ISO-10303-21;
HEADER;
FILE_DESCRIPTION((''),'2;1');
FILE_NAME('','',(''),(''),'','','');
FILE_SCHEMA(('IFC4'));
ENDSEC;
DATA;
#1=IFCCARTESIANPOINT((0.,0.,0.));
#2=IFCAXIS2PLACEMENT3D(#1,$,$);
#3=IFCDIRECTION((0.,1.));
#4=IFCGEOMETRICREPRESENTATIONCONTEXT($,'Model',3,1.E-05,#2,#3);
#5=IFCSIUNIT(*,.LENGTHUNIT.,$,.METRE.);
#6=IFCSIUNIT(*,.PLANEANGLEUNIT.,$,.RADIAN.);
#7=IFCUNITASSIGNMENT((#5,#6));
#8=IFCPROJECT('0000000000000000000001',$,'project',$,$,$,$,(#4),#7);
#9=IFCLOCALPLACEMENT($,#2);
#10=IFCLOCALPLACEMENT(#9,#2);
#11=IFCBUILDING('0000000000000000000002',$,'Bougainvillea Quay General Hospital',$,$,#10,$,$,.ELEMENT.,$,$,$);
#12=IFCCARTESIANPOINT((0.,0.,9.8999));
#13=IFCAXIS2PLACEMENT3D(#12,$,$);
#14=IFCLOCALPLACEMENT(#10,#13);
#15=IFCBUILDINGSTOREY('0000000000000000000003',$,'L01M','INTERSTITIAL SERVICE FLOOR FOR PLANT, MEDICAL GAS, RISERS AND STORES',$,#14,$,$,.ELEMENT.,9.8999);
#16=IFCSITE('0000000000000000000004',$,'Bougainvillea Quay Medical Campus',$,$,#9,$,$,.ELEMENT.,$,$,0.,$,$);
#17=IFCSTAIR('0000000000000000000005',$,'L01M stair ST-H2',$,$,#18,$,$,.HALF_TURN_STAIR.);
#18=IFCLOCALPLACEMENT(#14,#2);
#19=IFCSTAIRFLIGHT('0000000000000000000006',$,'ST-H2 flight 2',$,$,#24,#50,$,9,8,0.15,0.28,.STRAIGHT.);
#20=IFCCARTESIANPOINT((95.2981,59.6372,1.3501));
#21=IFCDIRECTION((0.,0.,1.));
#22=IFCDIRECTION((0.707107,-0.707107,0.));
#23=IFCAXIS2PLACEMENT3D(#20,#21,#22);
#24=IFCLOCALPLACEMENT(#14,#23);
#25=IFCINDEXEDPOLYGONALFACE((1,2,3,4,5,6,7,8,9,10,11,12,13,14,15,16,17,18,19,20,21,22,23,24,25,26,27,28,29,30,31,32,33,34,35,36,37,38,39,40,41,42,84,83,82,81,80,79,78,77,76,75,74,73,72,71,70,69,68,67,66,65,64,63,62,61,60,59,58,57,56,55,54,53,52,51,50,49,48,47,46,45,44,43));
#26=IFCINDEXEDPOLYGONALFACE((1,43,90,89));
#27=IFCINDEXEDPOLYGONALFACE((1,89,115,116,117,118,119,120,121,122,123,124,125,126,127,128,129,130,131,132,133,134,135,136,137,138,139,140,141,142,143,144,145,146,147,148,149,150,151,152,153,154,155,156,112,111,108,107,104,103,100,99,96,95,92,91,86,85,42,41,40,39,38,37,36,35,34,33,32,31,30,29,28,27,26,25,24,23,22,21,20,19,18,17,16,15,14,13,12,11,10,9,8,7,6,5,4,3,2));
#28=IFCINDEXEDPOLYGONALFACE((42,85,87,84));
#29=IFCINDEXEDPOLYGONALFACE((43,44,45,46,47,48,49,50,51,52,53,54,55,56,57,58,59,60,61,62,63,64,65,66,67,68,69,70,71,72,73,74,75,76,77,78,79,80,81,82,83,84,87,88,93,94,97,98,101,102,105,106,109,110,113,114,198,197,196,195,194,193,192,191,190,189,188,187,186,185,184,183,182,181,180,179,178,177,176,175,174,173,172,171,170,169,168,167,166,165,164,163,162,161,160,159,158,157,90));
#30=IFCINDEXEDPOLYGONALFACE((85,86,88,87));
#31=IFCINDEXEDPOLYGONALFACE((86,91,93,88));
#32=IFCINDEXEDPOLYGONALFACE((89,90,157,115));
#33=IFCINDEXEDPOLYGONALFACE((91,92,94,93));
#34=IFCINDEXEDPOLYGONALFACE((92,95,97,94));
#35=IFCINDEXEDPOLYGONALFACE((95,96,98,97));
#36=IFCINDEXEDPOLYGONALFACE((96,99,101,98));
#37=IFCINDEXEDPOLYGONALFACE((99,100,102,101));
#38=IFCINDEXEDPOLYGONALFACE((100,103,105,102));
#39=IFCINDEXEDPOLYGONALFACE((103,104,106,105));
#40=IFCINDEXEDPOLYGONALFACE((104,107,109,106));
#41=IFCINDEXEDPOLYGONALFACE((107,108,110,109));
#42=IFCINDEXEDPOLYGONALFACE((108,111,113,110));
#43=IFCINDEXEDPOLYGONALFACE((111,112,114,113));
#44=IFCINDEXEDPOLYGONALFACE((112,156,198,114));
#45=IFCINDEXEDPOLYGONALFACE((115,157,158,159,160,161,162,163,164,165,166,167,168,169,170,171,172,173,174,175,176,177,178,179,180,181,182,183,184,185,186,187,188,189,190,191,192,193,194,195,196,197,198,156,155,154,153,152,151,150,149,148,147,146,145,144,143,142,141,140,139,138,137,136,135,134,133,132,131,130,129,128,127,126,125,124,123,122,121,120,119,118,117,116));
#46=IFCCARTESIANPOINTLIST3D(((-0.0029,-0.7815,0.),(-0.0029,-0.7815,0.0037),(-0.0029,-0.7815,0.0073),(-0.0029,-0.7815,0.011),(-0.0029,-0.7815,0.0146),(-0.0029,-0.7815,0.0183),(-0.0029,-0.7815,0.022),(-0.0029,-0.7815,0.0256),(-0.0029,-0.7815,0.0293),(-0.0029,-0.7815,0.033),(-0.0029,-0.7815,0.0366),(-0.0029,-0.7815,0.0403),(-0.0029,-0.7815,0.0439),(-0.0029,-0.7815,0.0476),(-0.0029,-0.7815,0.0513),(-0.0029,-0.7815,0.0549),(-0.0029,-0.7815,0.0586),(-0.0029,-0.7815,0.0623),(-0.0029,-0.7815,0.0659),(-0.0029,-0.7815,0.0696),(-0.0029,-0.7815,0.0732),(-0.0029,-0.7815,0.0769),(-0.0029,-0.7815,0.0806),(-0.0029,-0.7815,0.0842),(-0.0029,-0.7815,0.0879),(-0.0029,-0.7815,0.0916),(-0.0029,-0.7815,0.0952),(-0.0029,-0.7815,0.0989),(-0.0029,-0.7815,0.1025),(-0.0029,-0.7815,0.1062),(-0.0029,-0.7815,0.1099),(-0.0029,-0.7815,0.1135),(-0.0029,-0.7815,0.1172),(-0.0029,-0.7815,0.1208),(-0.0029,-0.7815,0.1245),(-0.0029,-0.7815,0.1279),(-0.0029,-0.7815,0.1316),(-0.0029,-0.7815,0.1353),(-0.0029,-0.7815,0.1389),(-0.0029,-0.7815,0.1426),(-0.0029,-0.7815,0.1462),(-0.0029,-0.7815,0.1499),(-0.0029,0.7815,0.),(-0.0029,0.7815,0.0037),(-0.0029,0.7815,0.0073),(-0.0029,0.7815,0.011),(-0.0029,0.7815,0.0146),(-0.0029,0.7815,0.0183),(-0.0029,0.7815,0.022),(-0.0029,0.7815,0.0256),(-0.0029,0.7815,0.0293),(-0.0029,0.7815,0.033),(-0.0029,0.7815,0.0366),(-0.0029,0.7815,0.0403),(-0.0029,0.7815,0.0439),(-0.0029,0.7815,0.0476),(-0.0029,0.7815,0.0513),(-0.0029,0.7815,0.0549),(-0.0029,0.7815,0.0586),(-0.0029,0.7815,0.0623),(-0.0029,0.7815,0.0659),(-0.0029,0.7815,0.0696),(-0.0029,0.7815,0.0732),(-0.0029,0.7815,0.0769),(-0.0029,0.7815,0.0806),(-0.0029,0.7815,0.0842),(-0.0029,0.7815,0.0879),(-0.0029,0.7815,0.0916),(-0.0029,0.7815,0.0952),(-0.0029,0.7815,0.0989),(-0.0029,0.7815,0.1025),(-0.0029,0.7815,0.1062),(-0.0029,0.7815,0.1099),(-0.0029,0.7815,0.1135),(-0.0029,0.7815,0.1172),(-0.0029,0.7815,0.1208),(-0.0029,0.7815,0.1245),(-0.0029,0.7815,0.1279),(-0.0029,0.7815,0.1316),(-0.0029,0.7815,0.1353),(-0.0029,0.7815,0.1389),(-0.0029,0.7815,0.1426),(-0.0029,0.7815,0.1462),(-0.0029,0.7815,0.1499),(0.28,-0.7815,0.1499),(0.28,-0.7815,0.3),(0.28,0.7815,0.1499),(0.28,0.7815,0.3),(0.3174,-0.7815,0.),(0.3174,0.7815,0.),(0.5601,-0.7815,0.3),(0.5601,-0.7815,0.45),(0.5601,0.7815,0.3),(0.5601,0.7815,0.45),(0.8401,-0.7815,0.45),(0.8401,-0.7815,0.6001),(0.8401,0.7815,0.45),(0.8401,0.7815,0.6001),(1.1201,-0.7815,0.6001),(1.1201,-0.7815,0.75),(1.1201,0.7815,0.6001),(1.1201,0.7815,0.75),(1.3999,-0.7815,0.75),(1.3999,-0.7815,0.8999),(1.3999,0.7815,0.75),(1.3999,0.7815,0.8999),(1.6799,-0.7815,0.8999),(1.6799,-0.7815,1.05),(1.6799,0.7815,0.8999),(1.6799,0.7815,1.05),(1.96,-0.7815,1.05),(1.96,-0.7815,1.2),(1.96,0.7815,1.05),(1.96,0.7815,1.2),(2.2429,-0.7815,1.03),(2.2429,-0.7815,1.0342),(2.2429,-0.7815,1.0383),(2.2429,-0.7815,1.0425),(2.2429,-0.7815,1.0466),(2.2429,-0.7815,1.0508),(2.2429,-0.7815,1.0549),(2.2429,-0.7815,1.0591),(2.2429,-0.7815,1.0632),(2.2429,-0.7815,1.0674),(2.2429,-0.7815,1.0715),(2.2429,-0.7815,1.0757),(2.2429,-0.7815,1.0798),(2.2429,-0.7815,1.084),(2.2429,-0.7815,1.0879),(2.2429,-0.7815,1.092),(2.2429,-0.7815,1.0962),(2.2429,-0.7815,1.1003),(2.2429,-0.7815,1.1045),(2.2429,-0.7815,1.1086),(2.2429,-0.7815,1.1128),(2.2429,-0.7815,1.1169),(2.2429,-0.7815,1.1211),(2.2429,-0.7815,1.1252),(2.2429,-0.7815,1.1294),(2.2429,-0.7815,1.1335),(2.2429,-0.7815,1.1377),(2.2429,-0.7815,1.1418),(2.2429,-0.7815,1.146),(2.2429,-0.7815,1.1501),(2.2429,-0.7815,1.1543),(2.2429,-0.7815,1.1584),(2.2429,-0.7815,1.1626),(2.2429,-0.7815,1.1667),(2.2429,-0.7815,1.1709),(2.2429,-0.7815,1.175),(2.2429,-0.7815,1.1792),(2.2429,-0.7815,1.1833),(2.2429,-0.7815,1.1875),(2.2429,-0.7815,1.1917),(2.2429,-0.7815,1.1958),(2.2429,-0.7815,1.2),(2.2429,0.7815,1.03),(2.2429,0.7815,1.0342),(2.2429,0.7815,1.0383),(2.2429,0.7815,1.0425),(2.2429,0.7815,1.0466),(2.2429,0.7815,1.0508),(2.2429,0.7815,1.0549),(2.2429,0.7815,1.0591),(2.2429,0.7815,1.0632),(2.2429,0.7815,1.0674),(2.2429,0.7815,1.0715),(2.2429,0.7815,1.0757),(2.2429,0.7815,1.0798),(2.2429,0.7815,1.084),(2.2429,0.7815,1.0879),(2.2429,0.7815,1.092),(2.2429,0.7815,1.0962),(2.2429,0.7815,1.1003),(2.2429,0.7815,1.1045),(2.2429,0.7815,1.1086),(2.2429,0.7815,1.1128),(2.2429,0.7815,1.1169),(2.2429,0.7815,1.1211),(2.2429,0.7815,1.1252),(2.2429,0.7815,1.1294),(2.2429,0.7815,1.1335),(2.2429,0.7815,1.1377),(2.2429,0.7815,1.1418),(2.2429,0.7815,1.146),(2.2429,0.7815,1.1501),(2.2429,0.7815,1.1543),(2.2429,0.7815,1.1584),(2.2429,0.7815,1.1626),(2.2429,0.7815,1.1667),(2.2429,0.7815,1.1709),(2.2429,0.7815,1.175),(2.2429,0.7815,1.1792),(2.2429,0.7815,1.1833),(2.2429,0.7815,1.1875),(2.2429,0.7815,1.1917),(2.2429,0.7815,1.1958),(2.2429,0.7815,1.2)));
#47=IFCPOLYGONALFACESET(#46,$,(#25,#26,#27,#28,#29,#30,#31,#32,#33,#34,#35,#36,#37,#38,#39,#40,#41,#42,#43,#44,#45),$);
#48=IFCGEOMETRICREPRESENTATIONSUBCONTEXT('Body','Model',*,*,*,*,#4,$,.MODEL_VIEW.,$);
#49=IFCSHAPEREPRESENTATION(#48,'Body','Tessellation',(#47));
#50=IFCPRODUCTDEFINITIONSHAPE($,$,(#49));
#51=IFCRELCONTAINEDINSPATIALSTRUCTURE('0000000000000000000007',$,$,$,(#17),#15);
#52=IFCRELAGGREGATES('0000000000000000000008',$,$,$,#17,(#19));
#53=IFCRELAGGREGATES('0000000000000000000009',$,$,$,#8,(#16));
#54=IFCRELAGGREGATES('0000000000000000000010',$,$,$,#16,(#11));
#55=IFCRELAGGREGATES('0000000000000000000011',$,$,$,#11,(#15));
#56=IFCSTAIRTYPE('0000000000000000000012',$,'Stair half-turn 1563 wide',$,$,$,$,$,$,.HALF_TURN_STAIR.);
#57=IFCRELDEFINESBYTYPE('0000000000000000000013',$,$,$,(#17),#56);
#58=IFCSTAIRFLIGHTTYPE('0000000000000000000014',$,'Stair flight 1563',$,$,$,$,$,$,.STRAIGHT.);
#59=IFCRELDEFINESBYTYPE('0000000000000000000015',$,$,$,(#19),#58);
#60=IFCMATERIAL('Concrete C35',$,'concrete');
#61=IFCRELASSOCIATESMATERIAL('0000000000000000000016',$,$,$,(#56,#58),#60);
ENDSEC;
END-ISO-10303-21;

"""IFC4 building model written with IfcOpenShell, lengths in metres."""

from ifc_helpers import new_model, si_unit, direction, frame, origin, place, context, subcontext, project, spatial, polyline, outline, extrude, material, type_object, element, aggregate, save


model = new_model("IFC4")

# Units and contexts
model_context = context("Model", 3, precision=1e-05, world=origin(), true_north=direction((0.0, 1.0)))
body_context = subcontext(model_context, "Body", "Model", "MODEL_VIEW")
ifc_project = project(units=[si_unit("LENGTHUNIT", "METRE"), si_unit("PLANEANGLEUNIT", "RADIAN")], contexts=[model_context])

# Site, building, storey
site_placement = place(None, origin())
site = spatial("IfcSite", under=ifc_project, at=site_placement, Name="Bougainvillea Quay Medical Campus", CompositionType="ELEMENT", RefElevation=0.0)
building_placement = place(site_placement, origin())
building = spatial("IfcBuilding", under=site, at=building_placement, Name="Bougainvillea Quay General Hospital", CompositionType="ELEMENT")
storey_placement = place(building_placement, frame((0.0, 0.0, 9.8999)))
storey = spatial("IfcBuildingStorey", under=building, at=storey_placement, Name="L01M", Description="INTERSTITIAL SERVICE FLOOR FOR PLANT, MEDICAL GAS, RISERS AND STORES", CompositionType="ELEMENT", Elevation=9.8999)

# Stair, stair flight
ifc_material_1 = material(Name="Concrete C35", Category="concrete")
stair_type = type_object("IfcStairType", Name="Stair half-turn 1563 wide", PredefinedType="HALF_TURN_STAIR", material=ifc_material_1)
stair_placement = place(storey_placement, origin())
stair = element("IfcStair", 1, at=stair_placement, inside=storey, type_object=stair_type, Name="L01M stair ST-H2", PredefinedType="HALF_TURN_STAIR")
stair_flight_type = type_object("IfcStairFlightType", Name="Stair flight 1563", PredefinedType="STRAIGHT", material=ifc_material_1)
stair_flight_1_placement = place(storey_placement, frame((95.2981, 59.6372, 1.3501), z_axis=(0.0, 0.0, 1.0), x_axis=(0.707107, -0.707107, 0.0)))
stair_flight_1 = element("IfcStairFlight", 2, at=stair_flight_1_placement, type_object=stair_flight_type, Name="ST-H2 flight 2", NumberOfRisers=9, NumberOfTreads=8, PredefinedType="STRAIGHT", RiserHeight=0.15, TreadLength=0.28, context=body_context, shape_type="SweptSolid", body=[
    extrude(outline(polyline([(-0.0029, 0.0), (-0.0029, 0.0037), (-0.0029, 0.0073), (-0.0029, 0.011), (-0.0029, 0.0146), (-0.0029, 0.0183), (-0.0029, 0.022), (-0.0029, 0.0256), (-0.0029, 0.0293), (-0.0029, 0.033), (-0.0029, 0.0366), (-0.0029, 0.0403), (-0.0029, 0.0439), (-0.0029, 0.0476), (-0.0029, 0.0513), (-0.0029, 0.0549), (-0.0029, 0.0586), (-0.0029, 0.0623), (-0.0029, 0.0659), (-0.0029, 0.0696), (-0.0029, 0.0732), (-0.0029, 0.0769), (-0.0029, 0.0806), (-0.0029, 0.0842), (-0.0029, 0.0879), (-0.0029, 0.0916), (-0.0029, 0.0952), (-0.0029, 0.0989), (-0.0029, 0.1025), (-0.0029, 0.1062), (-0.0029, 0.1099), (-0.0029, 0.1135), (-0.0029, 0.1172), (-0.0029, 0.1208), (-0.0029, 0.1245), (-0.0029, 0.1279), (-0.0029, 0.1316), (-0.0029, 0.1353), (-0.0029, 0.1389), (-0.0029, 0.1426), (-0.0029, 0.1462), (-0.0029, 0.1499), (0.28, 0.1499), (0.28, 0.3), (0.5601, 0.3), (0.5601, 0.45), (0.8401, 0.45), (0.8401, 0.6001), (1.1201, 0.6001), (1.1201, 0.75), (1.3999, 0.75), (1.3999, 0.8999), (1.6799, 0.8999), (1.6799, 1.05), (1.96, 1.05), (1.96, 1.2), (2.2429, 1.2), (2.2429, 1.1958), (2.2429, 1.1917), (2.2429, 1.1875), (2.2429, 1.1833), (2.2429, 1.1792), (2.2429, 1.175), (2.2429, 1.1709), (2.2429, 1.1667), (2.2429, 1.1626), (2.2429, 1.1584), (2.2429, 1.1543), (2.2429, 1.1501), (2.2429, 1.146), (2.2429, 1.1418), (2.2429, 1.1377), (2.2429, 1.1335), (2.2429, 1.1294), (2.2429, 1.1252), (2.2429, 1.1211), (2.2429, 1.1169), (2.2429, 1.1128), (2.2429, 1.1086), (2.2429, 1.1045), (2.2429, 1.1003), (2.2429, 1.0962), (2.2429, 1.092), (2.2429, 1.0879), (2.2429, 1.084), (2.2429, 1.0798), (2.2429, 1.0757), (2.2429, 1.0715), (2.2429, 1.0674), (2.2429, 1.0632), (2.2429, 1.0591), (2.2429, 1.0549), (2.2429, 1.0508), (2.2429, 1.0466), (2.2429, 1.0425), (2.2429, 1.0383), (2.2429, 1.0342), (2.2429, 1.03), (0.3174, 0.0), (-0.0029, 0.0)])), frame((0.0, 0.7815, 0.0), z_axis=(0.0, -1.0, 0.0), x_axis=(1.0, 0.0, 0.0)), (0.0, 0.0, 1.0), 1.563),
])
aggregate(stair, [stair_flight_1])

save(model, "model.ifc")
